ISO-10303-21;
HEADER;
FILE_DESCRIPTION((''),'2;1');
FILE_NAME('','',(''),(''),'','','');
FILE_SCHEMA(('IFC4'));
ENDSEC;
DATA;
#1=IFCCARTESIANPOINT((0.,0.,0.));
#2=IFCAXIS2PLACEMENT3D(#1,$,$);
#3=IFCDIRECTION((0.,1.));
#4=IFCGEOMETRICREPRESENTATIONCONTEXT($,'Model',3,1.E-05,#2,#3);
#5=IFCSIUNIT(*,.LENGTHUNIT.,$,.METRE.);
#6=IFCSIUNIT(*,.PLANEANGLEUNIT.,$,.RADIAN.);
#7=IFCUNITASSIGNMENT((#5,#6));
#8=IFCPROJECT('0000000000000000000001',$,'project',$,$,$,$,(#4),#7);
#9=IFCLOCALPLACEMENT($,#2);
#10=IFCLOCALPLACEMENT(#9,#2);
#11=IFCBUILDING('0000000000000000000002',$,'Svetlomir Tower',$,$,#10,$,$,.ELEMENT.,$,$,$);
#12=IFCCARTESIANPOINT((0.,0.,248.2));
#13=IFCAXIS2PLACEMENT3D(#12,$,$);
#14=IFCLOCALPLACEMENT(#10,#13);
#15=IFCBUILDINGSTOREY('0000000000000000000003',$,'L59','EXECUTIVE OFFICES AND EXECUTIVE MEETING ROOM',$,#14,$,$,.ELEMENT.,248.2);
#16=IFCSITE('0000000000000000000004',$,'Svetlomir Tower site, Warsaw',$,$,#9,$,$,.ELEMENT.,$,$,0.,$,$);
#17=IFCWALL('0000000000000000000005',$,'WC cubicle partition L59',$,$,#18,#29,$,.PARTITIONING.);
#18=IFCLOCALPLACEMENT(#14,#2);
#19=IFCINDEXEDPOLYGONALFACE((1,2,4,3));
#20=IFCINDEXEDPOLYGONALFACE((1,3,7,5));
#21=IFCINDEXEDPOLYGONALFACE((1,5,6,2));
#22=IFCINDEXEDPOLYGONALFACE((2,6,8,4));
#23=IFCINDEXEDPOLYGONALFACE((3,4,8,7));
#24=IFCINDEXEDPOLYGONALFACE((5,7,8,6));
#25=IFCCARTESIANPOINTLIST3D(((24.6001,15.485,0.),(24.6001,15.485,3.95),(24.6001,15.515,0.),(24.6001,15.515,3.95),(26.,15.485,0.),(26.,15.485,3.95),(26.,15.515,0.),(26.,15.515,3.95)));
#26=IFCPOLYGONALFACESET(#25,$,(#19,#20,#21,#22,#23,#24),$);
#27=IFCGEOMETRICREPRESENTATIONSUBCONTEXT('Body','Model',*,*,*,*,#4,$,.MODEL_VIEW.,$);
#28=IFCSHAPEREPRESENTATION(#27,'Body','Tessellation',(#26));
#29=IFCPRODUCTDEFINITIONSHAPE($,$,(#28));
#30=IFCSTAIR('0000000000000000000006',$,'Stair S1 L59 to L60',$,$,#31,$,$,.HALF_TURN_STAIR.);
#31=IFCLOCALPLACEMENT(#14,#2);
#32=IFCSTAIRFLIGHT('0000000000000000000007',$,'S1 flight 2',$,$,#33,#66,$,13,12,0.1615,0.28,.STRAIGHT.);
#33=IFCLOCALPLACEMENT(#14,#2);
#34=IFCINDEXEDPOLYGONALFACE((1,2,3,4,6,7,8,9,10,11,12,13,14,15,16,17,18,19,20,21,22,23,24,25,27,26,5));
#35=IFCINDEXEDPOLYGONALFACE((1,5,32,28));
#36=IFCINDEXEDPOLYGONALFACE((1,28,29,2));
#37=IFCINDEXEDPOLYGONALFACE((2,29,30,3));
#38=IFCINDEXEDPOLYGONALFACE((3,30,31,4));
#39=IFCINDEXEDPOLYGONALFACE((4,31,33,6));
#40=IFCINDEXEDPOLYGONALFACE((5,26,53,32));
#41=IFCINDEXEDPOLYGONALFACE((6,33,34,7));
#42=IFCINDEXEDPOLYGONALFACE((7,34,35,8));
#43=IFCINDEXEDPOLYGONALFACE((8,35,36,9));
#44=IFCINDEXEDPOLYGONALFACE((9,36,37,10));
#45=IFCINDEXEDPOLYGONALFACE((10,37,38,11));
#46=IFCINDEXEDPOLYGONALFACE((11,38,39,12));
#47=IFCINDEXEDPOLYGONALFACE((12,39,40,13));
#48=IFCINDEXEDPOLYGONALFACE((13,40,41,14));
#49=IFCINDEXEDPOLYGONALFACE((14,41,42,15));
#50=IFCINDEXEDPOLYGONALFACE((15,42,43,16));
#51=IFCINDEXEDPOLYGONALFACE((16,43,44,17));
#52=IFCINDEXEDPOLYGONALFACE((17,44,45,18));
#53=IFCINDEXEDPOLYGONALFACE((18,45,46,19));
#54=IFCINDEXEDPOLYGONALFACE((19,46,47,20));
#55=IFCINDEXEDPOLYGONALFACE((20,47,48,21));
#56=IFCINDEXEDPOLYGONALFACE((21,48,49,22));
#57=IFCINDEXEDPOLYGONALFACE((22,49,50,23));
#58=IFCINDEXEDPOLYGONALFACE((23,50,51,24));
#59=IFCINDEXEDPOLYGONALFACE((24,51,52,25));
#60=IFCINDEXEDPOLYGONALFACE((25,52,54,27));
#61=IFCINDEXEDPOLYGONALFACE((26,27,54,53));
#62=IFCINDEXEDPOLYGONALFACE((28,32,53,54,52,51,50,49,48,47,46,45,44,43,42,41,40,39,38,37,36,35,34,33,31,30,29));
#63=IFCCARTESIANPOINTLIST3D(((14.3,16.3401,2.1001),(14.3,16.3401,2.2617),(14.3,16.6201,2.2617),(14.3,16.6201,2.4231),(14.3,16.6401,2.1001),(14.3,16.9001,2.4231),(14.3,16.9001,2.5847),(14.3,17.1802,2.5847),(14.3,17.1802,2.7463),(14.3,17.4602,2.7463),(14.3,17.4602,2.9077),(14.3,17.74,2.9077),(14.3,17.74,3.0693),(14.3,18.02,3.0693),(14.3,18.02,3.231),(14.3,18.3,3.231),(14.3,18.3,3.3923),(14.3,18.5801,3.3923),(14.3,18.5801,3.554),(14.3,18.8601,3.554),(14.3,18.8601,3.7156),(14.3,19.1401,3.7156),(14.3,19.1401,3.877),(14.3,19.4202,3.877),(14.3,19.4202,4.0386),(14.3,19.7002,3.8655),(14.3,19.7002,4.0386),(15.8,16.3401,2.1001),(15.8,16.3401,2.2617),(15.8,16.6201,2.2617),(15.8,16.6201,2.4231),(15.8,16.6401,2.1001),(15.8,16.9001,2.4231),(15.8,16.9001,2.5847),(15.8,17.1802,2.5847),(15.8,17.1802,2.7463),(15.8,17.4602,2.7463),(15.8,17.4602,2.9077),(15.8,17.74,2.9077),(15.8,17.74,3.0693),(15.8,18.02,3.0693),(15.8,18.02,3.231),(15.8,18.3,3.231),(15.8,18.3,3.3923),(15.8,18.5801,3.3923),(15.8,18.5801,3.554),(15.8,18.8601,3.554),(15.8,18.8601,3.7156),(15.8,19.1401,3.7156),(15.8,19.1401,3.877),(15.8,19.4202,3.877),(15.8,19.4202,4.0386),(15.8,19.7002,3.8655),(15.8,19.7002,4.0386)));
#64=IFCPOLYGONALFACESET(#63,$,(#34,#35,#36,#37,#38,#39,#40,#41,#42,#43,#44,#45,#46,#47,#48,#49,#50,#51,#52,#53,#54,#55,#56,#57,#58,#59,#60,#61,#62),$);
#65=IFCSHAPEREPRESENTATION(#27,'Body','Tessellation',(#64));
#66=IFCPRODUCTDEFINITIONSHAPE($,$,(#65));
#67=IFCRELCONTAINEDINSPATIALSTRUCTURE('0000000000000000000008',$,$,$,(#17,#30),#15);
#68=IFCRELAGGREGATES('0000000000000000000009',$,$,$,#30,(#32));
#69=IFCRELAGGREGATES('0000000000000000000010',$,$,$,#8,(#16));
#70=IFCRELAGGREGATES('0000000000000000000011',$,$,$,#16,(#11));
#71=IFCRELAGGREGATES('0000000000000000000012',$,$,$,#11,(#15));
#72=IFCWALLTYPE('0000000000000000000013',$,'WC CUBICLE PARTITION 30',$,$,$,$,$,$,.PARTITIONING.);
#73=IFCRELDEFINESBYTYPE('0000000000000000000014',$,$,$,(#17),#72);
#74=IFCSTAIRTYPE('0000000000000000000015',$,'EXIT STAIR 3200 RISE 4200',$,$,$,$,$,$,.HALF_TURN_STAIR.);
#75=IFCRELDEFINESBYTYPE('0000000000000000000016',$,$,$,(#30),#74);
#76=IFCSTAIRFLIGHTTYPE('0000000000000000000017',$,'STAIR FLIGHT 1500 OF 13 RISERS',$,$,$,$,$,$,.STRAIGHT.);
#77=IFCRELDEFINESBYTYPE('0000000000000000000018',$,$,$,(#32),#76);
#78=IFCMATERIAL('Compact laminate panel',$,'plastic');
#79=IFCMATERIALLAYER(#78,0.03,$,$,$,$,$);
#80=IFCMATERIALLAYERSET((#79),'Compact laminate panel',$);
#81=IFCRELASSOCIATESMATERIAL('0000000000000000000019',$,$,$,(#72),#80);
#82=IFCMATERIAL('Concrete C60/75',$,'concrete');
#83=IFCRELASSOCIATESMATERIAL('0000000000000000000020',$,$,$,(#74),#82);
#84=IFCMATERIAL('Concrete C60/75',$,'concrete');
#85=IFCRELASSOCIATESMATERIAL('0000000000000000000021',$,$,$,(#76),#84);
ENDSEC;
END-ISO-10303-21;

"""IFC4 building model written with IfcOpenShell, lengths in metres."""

from ifc_helpers import new_model, si_unit, direction, frame, frame_2d, origin, place, context, subcontext, project, spatial, polyline, rectangle, outline, extrude, material, layer, layer_set, type_object, element, aggregate, save


model = new_model("IFC4")

# Units and contexts
model_context = context("Model", 3, precision=1e-05, world=origin(), true_north=direction((0.0, 1.0)))
body_context = subcontext(model_context, "Body", "Model", "MODEL_VIEW")
ifc_project = project(units=[si_unit("LENGTHUNIT", "METRE"), si_unit("PLANEANGLEUNIT", "RADIAN")], contexts=[model_context])

# Site, building, storey
site_placement = place(None, origin())
site = spatial("IfcSite", under=ifc_project, at=site_placement, Name="Svetlomir Tower site, Warsaw", CompositionType="ELEMENT", RefElevation=0.0)
building_placement = place(site_placement, origin())
building = spatial("IfcBuilding", under=site, at=building_placement, Name="Svetlomir Tower", CompositionType="ELEMENT")
storey_placement = place(building_placement, frame((0.0, 0.0, 248.2)))
storey = spatial("IfcBuildingStorey", under=building, at=storey_placement, Name="L59", Description="EXECUTIVE OFFICES AND EXECUTIVE MEETING ROOM", CompositionType="ELEMENT", Elevation=248.2)

# Wall
ifc_material_1 = material(Name="Compact laminate panel", Category="plastic")
ifc_layer_1 = layer(ifc_material_1, 0.03)
ifc_layer_set_1 = layer_set([ifc_layer_1], Name="Compact laminate panel")
wall_type_1 = type_object("IfcWallType", Name="WC CUBICLE PARTITION 30", PredefinedType="PARTITIONING", material=ifc_layer_set_1)
wall_1_placement = place(storey_placement, frame((24.6001, 15.5, 0.0), z_axis=(0.0, 0.0, 1.0), x_axis=(1.0, 0.0, 0.0)))
element("IfcWall", 1, at=wall_1_placement, inside=storey, type_object=wall_type_1, Name="WC cubicle partition L59", PredefinedType="PARTITIONING", context=body_context, shape_type="SweptSolid", body=[
    extrude(rectangle(XDim=1.3999, YDim=0.03, at=frame_2d((0.7, 0.0))), origin(), (0.0, 0.0, 1.0), 3.95),
])

# Stair, stair flight
ifc_material_2 = material(Name="Concrete C60/75", Category="concrete")
stair_type = type_object("IfcStairType", Name="EXIT STAIR 3200 RISE 4200", PredefinedType="HALF_TURN_STAIR", material=ifc_material_2)
stair_placement = place(storey_placement, origin())
stair = element("IfcStair", 2, at=stair_placement, inside=storey, type_object=stair_type, Name="Stair S1 L59 to L60", PredefinedType="HALF_TURN_STAIR")
ifc_material_3 = material(Name="Concrete C60/75", Category="concrete")
stair_flight_type = type_object("IfcStairFlightType", Name="STAIR FLIGHT 1500 OF 13 RISERS", PredefinedType="STRAIGHT", material=ifc_material_3)
stair_flight_placement = place(storey_placement, frame((15.05, 16.3401, 2.1001), z_axis=(0.0, 0.0, 1.0), x_axis=(0.0, 1.0, 0.0)))
stair_flight = element("IfcStairFlight", 3, at=stair_flight_placement, type_object=stair_flight_type, Name="S1 flight 2", NumberOfRisers=13, NumberOfTreads=12, PredefinedType="STRAIGHT", RiserHeight=0.1615, TreadLength=0.28, context=body_context, shape_type="SweptSolid", body=[
    extrude(outline(polyline([(0.0, 0.0), (0.0, 0.1616), (0.28, 0.1616), (0.28, 0.323), (0.5601, 0.323), (0.5601, 0.4846), (0.8401, 0.4846), (0.8401, 0.6462), (1.1201, 0.6462), (1.1201, 0.8076), (1.3999, 0.8076), (1.3999, 0.9692), (1.6799, 0.9692), (1.6799, 1.1309), (1.96, 1.1309), (1.96, 1.2922), (2.24, 1.2922), (2.24, 1.4539), (2.52, 1.4539), (2.52, 1.6155), (2.8, 1.6155), (2.8, 1.7769), (3.0801, 1.7769), (3.0801, 1.9385), (3.3601, 1.9385), (3.3601, 2.1001), (3.3601, 1.7654), (0.3, 0.0), (0.0, 0.0)])), frame((0.0, 0.75, 0.0), z_axis=(0.0, -1.0, 0.0), x_axis=(1.0, 0.0, 0.0)), (0.0, 0.0, 1.0), 1.5),
])
aggregate(stair, [stair_flight])

save(model, "model.ifc")
